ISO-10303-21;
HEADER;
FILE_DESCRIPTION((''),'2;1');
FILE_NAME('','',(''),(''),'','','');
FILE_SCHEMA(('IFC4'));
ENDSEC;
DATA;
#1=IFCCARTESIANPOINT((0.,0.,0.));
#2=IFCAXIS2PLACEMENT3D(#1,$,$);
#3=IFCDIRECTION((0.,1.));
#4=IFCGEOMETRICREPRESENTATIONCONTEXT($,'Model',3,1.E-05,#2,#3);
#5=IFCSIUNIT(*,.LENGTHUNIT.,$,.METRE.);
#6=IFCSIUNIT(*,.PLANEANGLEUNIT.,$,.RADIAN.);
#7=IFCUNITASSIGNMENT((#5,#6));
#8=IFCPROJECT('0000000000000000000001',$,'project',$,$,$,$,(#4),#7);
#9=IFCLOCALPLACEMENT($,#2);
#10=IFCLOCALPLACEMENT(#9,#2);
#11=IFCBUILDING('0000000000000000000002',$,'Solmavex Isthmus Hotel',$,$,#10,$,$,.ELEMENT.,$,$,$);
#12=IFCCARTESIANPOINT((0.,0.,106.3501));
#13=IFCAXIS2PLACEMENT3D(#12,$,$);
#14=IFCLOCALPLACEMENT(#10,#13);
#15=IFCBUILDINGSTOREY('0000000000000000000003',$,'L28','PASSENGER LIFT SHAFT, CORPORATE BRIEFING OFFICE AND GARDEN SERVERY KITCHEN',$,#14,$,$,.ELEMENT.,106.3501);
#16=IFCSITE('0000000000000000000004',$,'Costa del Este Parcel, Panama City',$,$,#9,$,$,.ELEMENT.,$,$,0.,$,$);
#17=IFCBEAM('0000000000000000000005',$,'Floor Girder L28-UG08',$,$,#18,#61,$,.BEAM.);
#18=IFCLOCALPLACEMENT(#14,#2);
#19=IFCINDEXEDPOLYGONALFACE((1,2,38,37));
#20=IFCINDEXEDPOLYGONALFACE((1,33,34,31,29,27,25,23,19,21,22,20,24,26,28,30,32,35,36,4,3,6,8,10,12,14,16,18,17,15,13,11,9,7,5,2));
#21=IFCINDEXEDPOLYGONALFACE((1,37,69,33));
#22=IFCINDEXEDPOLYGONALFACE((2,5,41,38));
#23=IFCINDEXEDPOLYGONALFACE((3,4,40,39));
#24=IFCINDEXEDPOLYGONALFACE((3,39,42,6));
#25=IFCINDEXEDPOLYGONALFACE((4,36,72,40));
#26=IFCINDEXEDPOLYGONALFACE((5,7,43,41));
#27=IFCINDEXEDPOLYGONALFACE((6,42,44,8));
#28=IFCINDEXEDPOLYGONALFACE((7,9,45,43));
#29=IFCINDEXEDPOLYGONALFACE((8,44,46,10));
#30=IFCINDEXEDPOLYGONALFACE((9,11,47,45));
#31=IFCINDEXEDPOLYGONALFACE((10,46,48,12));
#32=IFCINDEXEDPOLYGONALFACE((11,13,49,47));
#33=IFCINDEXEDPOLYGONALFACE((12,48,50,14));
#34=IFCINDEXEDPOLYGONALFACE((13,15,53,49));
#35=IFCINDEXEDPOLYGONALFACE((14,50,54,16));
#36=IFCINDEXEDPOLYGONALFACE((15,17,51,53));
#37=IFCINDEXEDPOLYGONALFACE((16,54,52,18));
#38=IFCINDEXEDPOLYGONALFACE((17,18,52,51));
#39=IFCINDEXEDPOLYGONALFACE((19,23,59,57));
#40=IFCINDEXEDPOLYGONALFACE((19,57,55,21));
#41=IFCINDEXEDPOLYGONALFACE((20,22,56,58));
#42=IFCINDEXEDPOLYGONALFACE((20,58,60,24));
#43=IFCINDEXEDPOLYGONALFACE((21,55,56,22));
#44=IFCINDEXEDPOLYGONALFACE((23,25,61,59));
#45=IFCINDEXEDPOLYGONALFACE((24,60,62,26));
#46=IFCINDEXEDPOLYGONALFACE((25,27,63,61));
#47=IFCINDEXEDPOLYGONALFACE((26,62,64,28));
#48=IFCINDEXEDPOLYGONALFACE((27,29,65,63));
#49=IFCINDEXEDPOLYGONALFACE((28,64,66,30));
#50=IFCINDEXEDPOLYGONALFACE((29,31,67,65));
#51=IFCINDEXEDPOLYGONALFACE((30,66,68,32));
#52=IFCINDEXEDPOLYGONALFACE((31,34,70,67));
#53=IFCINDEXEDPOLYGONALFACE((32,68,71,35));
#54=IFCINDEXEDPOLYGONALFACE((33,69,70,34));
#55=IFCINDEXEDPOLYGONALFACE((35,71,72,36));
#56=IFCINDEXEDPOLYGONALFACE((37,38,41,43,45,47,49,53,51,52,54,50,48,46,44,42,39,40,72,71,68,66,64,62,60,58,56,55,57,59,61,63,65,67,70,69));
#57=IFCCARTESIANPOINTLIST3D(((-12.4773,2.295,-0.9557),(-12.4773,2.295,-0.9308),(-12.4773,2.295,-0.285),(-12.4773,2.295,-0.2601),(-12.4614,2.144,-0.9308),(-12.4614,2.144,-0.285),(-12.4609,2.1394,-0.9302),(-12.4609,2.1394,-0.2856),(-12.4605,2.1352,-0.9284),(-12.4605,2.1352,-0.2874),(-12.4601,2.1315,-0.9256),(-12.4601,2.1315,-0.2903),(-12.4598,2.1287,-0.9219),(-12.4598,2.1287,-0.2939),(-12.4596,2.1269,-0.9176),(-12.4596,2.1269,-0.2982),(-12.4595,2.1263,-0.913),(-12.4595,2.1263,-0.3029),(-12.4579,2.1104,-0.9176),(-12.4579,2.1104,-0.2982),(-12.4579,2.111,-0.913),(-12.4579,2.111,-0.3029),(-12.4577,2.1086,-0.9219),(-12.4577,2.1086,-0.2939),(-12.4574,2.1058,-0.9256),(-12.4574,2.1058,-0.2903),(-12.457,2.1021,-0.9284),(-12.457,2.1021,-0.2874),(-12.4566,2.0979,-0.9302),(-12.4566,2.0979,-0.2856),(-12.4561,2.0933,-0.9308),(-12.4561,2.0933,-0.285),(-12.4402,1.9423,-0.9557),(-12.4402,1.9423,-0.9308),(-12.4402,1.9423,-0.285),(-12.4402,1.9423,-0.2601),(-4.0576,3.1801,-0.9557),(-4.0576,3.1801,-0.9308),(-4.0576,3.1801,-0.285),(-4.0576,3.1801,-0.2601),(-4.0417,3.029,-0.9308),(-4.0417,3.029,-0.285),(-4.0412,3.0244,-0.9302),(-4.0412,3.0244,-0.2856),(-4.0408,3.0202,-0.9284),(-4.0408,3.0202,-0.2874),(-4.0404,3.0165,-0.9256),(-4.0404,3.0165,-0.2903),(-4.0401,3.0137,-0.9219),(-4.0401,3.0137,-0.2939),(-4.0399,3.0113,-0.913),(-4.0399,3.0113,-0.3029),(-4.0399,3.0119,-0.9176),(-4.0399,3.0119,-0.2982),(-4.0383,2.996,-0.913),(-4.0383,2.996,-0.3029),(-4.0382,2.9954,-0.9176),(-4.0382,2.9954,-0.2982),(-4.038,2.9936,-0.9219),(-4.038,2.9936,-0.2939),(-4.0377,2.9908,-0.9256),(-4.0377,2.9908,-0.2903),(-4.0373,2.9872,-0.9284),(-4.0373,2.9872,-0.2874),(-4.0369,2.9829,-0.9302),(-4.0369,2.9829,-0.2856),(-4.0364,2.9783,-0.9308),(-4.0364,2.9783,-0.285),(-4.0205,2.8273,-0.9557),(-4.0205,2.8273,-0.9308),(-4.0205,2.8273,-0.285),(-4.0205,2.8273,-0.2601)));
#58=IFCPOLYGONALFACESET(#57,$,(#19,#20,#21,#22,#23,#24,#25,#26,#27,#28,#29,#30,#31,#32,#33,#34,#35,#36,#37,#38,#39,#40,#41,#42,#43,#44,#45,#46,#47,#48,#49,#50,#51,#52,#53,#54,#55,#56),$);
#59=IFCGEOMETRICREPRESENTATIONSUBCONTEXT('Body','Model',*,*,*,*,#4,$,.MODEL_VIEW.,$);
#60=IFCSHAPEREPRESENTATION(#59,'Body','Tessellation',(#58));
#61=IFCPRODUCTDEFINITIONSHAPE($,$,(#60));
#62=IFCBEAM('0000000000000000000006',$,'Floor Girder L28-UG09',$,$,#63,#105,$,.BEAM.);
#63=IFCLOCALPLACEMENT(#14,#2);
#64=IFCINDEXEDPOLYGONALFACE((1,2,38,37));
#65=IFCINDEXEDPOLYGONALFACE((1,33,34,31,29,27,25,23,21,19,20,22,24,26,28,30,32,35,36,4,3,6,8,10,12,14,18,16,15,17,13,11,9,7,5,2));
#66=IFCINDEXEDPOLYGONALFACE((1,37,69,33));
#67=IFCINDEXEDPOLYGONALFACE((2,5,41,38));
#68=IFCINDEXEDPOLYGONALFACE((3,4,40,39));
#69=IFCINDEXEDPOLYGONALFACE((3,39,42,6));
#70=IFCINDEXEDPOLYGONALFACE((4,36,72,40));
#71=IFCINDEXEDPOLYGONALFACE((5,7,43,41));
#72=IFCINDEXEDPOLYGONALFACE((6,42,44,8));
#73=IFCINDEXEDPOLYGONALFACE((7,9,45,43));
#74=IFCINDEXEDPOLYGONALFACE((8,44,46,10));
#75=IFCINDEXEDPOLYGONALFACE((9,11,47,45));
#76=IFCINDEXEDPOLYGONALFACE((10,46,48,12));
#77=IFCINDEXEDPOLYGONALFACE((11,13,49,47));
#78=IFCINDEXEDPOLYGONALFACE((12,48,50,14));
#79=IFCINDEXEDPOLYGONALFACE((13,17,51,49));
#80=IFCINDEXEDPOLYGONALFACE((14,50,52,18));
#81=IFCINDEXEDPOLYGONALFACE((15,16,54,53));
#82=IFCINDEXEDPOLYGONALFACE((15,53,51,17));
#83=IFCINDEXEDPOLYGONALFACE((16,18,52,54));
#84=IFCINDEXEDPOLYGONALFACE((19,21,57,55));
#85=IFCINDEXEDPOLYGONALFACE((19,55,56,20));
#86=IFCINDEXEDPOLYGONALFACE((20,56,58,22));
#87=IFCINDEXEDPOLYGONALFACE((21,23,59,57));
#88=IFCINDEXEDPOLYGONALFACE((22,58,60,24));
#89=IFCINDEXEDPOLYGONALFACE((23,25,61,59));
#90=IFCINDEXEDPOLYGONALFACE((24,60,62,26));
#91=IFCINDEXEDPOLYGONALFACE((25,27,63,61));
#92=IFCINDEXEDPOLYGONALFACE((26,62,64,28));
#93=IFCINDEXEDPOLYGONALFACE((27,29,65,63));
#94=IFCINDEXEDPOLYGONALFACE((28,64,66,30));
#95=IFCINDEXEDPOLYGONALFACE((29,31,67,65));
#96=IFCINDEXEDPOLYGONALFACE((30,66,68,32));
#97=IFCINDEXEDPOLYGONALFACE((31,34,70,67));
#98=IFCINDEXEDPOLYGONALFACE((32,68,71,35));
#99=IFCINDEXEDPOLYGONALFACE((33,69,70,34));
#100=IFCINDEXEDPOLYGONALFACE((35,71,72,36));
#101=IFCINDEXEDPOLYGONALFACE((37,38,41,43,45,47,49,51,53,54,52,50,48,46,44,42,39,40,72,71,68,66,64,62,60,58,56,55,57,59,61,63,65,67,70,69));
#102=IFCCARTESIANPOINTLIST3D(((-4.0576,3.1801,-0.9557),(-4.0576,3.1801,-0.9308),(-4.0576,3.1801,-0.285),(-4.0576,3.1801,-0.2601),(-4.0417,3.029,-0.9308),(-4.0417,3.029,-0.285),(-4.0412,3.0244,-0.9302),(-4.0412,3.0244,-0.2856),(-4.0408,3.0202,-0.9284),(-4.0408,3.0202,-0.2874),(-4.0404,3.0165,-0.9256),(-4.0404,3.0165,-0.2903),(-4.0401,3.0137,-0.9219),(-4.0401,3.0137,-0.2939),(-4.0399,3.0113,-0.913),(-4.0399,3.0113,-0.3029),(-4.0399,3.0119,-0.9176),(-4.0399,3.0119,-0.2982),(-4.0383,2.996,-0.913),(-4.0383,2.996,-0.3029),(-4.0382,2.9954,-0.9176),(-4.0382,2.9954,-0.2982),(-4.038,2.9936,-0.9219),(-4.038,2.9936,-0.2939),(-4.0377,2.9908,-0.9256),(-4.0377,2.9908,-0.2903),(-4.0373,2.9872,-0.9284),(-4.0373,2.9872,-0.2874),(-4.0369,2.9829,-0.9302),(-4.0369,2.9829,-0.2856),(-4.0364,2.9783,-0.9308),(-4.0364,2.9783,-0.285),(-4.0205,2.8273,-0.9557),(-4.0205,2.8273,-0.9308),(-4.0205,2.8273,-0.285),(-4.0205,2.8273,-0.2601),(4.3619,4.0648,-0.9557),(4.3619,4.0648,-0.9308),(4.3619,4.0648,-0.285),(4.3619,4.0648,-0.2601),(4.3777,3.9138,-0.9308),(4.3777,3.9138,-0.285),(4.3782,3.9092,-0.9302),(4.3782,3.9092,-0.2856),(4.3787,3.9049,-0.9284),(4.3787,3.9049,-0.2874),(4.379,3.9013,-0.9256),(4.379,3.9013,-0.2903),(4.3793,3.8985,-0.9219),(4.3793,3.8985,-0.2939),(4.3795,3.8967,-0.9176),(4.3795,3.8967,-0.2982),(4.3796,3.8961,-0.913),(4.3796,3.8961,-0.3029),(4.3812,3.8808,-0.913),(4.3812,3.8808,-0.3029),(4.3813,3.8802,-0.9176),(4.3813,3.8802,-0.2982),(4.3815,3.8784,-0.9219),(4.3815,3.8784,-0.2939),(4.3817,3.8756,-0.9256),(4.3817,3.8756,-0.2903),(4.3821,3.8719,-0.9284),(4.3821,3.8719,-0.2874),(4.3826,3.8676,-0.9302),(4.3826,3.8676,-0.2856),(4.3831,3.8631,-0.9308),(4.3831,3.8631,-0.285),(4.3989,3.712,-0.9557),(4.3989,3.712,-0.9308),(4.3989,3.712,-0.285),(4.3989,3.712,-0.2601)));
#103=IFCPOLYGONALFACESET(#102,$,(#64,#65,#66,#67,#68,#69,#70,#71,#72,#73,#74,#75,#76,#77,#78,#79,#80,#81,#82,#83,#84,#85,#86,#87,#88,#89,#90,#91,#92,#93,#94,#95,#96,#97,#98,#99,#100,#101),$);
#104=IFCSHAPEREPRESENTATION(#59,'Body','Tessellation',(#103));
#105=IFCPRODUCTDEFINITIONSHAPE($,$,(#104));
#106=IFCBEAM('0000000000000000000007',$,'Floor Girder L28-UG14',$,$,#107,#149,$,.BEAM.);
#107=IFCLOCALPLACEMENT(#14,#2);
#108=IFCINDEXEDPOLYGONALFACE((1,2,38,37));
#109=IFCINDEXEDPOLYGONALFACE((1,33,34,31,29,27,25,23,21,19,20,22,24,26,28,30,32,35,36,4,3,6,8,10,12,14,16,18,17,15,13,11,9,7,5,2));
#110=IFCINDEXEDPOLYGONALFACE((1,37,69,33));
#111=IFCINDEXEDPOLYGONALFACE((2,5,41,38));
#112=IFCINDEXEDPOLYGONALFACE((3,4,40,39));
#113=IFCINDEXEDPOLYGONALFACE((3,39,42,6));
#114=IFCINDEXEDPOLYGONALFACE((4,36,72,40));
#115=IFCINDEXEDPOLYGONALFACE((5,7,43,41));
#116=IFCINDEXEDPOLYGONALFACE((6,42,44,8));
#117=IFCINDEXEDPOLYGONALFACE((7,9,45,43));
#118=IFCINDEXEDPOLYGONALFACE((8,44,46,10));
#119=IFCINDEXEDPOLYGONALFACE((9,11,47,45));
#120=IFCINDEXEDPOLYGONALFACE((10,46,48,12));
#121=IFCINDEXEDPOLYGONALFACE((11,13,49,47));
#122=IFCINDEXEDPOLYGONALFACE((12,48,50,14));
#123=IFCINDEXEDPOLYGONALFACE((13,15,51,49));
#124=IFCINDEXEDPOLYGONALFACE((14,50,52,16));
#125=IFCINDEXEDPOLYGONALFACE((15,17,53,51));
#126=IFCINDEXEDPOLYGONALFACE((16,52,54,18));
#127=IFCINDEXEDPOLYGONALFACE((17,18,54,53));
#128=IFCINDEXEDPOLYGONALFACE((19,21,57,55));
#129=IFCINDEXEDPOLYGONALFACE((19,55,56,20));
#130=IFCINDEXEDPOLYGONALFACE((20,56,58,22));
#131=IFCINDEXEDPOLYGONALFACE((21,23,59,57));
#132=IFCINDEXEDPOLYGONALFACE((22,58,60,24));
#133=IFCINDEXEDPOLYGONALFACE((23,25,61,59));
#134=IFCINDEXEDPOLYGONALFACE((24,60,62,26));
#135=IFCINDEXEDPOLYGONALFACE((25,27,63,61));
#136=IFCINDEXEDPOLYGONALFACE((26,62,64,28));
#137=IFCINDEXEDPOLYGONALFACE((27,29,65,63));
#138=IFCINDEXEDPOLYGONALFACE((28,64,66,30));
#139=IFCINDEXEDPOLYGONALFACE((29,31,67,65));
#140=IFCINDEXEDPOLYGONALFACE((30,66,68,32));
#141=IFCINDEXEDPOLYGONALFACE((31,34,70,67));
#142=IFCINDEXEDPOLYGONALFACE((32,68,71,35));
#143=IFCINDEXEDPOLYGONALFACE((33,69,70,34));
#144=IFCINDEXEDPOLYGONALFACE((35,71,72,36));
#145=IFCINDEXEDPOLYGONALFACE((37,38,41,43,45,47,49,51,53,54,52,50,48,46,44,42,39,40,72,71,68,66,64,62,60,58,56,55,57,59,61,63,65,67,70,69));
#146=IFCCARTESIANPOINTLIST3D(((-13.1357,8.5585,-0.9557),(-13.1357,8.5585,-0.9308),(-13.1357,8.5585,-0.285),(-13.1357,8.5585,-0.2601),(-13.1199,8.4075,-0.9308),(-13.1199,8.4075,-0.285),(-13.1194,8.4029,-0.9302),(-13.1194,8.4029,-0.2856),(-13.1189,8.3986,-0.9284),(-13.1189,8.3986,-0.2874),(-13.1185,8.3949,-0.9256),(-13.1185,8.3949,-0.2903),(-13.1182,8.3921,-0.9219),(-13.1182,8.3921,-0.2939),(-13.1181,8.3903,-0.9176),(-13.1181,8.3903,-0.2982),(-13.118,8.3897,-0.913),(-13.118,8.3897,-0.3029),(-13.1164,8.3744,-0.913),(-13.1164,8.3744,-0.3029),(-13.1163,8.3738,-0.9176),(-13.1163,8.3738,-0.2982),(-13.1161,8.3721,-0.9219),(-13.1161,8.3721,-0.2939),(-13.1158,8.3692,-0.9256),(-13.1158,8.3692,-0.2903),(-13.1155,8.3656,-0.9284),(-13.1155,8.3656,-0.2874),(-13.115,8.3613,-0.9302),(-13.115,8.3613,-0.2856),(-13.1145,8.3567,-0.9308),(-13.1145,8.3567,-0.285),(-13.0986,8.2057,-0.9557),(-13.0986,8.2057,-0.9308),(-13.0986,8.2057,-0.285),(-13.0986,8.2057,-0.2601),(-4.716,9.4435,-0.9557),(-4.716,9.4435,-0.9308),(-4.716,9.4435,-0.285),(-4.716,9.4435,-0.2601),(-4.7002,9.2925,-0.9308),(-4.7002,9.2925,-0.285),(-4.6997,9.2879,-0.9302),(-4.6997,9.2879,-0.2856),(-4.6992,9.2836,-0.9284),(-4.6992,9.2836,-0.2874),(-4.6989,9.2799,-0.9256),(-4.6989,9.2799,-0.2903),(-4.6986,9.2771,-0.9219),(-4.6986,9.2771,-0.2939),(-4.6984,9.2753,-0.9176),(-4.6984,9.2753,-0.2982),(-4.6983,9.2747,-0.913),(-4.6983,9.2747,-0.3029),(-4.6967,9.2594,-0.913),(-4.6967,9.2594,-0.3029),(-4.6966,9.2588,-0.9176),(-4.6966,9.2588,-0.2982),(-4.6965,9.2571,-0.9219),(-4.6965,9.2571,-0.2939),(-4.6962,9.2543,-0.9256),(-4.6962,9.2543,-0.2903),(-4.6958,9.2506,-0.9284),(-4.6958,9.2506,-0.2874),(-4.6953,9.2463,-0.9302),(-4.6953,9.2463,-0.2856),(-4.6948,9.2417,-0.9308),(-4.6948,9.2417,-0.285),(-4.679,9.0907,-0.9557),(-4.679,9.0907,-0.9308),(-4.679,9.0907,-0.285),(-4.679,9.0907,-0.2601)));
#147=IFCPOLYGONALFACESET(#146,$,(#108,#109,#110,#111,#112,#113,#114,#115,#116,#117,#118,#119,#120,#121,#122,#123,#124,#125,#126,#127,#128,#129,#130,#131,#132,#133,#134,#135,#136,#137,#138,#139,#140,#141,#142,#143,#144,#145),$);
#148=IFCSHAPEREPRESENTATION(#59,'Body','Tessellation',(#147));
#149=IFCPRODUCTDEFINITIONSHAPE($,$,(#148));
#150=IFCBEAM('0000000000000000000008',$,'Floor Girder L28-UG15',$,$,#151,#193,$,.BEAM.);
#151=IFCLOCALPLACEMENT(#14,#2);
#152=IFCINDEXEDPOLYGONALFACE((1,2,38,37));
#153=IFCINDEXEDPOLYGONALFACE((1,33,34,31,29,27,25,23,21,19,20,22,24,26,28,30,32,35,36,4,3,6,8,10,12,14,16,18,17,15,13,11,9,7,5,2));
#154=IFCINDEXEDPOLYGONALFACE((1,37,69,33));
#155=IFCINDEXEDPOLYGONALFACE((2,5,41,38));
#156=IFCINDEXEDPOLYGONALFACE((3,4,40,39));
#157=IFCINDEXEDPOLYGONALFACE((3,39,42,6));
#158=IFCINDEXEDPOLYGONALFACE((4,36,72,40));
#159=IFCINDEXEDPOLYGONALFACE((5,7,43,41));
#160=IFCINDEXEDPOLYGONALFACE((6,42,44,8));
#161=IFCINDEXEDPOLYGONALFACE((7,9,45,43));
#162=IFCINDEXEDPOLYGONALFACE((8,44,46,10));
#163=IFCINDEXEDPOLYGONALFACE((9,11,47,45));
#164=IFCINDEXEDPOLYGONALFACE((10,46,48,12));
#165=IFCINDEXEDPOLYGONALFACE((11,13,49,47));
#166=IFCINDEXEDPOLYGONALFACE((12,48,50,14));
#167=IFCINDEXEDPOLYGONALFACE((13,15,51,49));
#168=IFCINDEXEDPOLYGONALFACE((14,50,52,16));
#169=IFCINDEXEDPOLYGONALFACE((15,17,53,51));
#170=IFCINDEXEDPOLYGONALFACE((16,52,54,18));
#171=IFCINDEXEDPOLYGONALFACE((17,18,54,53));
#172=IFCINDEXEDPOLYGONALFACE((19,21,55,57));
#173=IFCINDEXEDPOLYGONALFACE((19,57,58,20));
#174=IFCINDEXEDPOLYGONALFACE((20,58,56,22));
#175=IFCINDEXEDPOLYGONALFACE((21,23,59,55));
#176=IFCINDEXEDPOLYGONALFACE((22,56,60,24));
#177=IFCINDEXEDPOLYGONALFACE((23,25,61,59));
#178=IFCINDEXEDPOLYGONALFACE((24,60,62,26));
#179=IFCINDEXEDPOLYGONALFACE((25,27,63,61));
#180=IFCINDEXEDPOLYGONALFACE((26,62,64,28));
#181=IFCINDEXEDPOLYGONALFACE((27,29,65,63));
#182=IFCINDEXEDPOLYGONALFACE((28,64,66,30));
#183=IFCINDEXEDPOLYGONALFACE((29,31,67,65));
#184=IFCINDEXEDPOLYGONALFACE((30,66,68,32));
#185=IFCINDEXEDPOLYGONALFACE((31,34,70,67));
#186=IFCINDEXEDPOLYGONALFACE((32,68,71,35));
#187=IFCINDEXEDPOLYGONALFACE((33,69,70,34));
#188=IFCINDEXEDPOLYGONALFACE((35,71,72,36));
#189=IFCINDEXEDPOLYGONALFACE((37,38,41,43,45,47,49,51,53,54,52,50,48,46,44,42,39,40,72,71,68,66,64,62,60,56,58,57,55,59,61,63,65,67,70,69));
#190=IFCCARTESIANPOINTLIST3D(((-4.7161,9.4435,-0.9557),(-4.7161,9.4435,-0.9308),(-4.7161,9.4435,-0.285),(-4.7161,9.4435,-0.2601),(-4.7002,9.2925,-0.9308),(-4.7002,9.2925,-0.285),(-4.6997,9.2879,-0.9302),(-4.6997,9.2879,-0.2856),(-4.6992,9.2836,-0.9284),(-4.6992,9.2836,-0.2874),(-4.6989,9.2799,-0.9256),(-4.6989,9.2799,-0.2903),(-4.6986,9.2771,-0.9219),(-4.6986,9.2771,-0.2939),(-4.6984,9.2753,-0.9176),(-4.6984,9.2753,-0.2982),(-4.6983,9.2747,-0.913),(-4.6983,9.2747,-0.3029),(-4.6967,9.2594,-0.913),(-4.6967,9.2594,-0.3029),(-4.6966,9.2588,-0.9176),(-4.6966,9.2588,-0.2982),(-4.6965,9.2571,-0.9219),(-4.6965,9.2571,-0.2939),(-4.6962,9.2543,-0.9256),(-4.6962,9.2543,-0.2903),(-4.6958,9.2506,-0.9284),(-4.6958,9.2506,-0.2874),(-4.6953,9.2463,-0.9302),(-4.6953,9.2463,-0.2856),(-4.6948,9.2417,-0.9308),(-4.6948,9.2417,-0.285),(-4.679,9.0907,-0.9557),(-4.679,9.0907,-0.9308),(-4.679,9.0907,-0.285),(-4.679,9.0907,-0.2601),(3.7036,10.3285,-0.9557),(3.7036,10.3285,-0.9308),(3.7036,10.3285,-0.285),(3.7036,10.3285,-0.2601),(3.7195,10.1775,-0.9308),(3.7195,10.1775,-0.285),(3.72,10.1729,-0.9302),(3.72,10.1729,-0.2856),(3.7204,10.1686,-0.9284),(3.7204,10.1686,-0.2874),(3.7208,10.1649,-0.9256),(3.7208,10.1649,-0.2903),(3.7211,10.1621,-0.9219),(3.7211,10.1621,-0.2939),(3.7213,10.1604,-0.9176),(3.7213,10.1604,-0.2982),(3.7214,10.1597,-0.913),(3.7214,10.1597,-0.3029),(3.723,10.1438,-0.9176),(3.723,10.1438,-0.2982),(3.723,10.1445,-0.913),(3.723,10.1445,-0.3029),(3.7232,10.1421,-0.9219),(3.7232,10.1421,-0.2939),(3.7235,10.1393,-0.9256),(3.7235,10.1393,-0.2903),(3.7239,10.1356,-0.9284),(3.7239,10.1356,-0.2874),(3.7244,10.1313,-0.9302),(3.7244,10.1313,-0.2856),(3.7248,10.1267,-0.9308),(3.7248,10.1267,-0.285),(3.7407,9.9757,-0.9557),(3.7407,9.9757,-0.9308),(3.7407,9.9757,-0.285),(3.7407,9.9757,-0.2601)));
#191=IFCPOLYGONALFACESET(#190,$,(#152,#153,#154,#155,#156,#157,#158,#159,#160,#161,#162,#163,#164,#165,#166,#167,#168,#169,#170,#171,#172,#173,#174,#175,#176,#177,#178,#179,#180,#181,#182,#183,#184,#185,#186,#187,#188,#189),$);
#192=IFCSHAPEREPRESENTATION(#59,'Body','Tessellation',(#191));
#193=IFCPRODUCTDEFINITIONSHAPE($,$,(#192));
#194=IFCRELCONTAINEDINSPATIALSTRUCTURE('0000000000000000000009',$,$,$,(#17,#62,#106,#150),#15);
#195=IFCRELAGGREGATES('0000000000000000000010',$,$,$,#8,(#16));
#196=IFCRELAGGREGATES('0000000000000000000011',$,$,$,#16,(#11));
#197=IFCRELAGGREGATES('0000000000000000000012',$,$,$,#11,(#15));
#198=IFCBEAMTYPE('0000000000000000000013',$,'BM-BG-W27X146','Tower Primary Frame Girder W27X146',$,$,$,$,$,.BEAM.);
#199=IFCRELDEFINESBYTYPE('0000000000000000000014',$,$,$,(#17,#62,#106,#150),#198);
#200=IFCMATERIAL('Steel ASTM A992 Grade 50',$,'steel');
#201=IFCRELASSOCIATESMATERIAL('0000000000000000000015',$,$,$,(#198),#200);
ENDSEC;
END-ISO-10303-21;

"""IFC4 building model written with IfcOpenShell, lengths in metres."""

from ifc_helpers import new_model, si_unit, direction, frame, origin, origin_2d, place, context, subcontext, project, spatial, i_section, extrude, material, material_profile, profile_set, type_object, element, save


model = new_model("IFC4")

# Units and contexts
model_context = context("Model", 3, precision=1e-05, world=origin(), true_north=direction((0.0, 1.0)))
body_context = subcontext(model_context, "Body", "Model", "MODEL_VIEW")
ifc_project = project(units=[si_unit("LENGTHUNIT", "METRE"), si_unit("PLANEANGLEUNIT", "RADIAN")], contexts=[model_context])

# Site, building, storey
site_placement = place(None, origin())
site = spatial("IfcSite", under=ifc_project, at=site_placement, Name="Costa del Este Parcel, Panama City", CompositionType="ELEMENT", RefElevation=0.0)
building_placement = place(site_placement, origin())
building = spatial("IfcBuilding", under=site, at=building_placement, Name="Solmavex Isthmus Hotel", CompositionType="ELEMENT")
storey_placement = place(building_placement, frame((0.0, 0.0, 106.3501)))
storey = spatial("IfcBuildingStorey", under=building, at=storey_placement, Name="L28", Description="PASSENGER LIFT SHAFT, CORPORATE BRIEFING OFFICE AND GARDEN SERVERY KITCHEN", CompositionType="ELEMENT", Elevation=106.3501)

# Beams
ifc_material_1 = material(Name="Steel ASTM A992 Grade 50", Category="steel")
ifc_material_profile_1 = material_profile(ifc_material_1, i_section(OverallWidth=0.3547, OverallDepth=0.6956, WebThickness=0.0154, FlangeThickness=0.0249, FilletRadius=0.0178, at=origin_2d()), Name="W27X146")
ifc_profile_set_1 = profile_set([ifc_material_profile_1], Name="Steel ASTM A992 Grade 50")
beam_type_1 = type_object("IfcBeamType", Name="BM-BG-W27X146", Description="Tower Primary Frame Girder W27X146", PredefinedType="BEAM", material=ifc_profile_set_1)
beam_1_placement = place(storey_placement, frame((-12.4587, 2.1187, -0.6079), z_axis=(0.994521, 0.104536, 0.0), x_axis=(-0.104536, 0.994521, 0.0)))
element("IfcBeam", 1, at=beam_1_placement, inside=storey, type_object=beam_type_1, Name="Floor Girder L28-UG08", PredefinedType="BEAM", context=body_context, shape_type="SweptSolid", body=[
    extrude(i_section(OverallWidth=0.3547, OverallDepth=0.6956, WebThickness=0.0154, FlangeThickness=0.0249, FilletRadius=0.0178, at=origin_2d()), origin(), (0.0, 0.0, 1.0), 8.4661),
])
beam_2_placement = place(storey_placement, frame((-4.0391, 3.0037, -0.6079), z_axis=(0.994524, 0.104511, 0.0), x_axis=(-0.104511, 0.994524, 0.0)))
element("IfcBeam", 2, at=beam_2_placement, inside=storey, type_object=beam_type_1, Name="Floor Girder L28-UG09", PredefinedType="BEAM", context=body_context, shape_type="SweptSolid", body=[
    extrude(i_section(OverallWidth=0.3547, OverallDepth=0.6956, WebThickness=0.0154, FlangeThickness=0.0249, FilletRadius=0.0178, at=origin_2d()), origin(), (0.0, 0.0, 1.0), 8.4658),
])
for number, where, z_axis, x_axis, name in (
    (3, (-13.1172, 8.3821, -0.6079), (0.994521, 0.104536, 0.0), (-0.104536, 0.994521, 0.0), "Floor Girder L28-UG14"),
    (4, (-4.6975, 9.2671, -0.6079), (0.994521, 0.104536, 0.0), (-0.104536, 0.994521, 0.0), "Floor Girder L28-UG15"),
):
    element("IfcBeam", number, at=place(storey_placement, frame(where, z_axis=z_axis, x_axis=x_axis)), inside=storey, type_object=beam_type_1, Name=name, PredefinedType="BEAM", context=body_context, shape_type="SweptSolid", body=[
        extrude(i_section(OverallWidth=0.3547, OverallDepth=0.6956, WebThickness=0.0154, FlangeThickness=0.0249, FilletRadius=0.0178, at=origin_2d()), origin(), (0.0, 0.0, 1.0), 8.4661),
    ])

save(model, "model.ifc")
